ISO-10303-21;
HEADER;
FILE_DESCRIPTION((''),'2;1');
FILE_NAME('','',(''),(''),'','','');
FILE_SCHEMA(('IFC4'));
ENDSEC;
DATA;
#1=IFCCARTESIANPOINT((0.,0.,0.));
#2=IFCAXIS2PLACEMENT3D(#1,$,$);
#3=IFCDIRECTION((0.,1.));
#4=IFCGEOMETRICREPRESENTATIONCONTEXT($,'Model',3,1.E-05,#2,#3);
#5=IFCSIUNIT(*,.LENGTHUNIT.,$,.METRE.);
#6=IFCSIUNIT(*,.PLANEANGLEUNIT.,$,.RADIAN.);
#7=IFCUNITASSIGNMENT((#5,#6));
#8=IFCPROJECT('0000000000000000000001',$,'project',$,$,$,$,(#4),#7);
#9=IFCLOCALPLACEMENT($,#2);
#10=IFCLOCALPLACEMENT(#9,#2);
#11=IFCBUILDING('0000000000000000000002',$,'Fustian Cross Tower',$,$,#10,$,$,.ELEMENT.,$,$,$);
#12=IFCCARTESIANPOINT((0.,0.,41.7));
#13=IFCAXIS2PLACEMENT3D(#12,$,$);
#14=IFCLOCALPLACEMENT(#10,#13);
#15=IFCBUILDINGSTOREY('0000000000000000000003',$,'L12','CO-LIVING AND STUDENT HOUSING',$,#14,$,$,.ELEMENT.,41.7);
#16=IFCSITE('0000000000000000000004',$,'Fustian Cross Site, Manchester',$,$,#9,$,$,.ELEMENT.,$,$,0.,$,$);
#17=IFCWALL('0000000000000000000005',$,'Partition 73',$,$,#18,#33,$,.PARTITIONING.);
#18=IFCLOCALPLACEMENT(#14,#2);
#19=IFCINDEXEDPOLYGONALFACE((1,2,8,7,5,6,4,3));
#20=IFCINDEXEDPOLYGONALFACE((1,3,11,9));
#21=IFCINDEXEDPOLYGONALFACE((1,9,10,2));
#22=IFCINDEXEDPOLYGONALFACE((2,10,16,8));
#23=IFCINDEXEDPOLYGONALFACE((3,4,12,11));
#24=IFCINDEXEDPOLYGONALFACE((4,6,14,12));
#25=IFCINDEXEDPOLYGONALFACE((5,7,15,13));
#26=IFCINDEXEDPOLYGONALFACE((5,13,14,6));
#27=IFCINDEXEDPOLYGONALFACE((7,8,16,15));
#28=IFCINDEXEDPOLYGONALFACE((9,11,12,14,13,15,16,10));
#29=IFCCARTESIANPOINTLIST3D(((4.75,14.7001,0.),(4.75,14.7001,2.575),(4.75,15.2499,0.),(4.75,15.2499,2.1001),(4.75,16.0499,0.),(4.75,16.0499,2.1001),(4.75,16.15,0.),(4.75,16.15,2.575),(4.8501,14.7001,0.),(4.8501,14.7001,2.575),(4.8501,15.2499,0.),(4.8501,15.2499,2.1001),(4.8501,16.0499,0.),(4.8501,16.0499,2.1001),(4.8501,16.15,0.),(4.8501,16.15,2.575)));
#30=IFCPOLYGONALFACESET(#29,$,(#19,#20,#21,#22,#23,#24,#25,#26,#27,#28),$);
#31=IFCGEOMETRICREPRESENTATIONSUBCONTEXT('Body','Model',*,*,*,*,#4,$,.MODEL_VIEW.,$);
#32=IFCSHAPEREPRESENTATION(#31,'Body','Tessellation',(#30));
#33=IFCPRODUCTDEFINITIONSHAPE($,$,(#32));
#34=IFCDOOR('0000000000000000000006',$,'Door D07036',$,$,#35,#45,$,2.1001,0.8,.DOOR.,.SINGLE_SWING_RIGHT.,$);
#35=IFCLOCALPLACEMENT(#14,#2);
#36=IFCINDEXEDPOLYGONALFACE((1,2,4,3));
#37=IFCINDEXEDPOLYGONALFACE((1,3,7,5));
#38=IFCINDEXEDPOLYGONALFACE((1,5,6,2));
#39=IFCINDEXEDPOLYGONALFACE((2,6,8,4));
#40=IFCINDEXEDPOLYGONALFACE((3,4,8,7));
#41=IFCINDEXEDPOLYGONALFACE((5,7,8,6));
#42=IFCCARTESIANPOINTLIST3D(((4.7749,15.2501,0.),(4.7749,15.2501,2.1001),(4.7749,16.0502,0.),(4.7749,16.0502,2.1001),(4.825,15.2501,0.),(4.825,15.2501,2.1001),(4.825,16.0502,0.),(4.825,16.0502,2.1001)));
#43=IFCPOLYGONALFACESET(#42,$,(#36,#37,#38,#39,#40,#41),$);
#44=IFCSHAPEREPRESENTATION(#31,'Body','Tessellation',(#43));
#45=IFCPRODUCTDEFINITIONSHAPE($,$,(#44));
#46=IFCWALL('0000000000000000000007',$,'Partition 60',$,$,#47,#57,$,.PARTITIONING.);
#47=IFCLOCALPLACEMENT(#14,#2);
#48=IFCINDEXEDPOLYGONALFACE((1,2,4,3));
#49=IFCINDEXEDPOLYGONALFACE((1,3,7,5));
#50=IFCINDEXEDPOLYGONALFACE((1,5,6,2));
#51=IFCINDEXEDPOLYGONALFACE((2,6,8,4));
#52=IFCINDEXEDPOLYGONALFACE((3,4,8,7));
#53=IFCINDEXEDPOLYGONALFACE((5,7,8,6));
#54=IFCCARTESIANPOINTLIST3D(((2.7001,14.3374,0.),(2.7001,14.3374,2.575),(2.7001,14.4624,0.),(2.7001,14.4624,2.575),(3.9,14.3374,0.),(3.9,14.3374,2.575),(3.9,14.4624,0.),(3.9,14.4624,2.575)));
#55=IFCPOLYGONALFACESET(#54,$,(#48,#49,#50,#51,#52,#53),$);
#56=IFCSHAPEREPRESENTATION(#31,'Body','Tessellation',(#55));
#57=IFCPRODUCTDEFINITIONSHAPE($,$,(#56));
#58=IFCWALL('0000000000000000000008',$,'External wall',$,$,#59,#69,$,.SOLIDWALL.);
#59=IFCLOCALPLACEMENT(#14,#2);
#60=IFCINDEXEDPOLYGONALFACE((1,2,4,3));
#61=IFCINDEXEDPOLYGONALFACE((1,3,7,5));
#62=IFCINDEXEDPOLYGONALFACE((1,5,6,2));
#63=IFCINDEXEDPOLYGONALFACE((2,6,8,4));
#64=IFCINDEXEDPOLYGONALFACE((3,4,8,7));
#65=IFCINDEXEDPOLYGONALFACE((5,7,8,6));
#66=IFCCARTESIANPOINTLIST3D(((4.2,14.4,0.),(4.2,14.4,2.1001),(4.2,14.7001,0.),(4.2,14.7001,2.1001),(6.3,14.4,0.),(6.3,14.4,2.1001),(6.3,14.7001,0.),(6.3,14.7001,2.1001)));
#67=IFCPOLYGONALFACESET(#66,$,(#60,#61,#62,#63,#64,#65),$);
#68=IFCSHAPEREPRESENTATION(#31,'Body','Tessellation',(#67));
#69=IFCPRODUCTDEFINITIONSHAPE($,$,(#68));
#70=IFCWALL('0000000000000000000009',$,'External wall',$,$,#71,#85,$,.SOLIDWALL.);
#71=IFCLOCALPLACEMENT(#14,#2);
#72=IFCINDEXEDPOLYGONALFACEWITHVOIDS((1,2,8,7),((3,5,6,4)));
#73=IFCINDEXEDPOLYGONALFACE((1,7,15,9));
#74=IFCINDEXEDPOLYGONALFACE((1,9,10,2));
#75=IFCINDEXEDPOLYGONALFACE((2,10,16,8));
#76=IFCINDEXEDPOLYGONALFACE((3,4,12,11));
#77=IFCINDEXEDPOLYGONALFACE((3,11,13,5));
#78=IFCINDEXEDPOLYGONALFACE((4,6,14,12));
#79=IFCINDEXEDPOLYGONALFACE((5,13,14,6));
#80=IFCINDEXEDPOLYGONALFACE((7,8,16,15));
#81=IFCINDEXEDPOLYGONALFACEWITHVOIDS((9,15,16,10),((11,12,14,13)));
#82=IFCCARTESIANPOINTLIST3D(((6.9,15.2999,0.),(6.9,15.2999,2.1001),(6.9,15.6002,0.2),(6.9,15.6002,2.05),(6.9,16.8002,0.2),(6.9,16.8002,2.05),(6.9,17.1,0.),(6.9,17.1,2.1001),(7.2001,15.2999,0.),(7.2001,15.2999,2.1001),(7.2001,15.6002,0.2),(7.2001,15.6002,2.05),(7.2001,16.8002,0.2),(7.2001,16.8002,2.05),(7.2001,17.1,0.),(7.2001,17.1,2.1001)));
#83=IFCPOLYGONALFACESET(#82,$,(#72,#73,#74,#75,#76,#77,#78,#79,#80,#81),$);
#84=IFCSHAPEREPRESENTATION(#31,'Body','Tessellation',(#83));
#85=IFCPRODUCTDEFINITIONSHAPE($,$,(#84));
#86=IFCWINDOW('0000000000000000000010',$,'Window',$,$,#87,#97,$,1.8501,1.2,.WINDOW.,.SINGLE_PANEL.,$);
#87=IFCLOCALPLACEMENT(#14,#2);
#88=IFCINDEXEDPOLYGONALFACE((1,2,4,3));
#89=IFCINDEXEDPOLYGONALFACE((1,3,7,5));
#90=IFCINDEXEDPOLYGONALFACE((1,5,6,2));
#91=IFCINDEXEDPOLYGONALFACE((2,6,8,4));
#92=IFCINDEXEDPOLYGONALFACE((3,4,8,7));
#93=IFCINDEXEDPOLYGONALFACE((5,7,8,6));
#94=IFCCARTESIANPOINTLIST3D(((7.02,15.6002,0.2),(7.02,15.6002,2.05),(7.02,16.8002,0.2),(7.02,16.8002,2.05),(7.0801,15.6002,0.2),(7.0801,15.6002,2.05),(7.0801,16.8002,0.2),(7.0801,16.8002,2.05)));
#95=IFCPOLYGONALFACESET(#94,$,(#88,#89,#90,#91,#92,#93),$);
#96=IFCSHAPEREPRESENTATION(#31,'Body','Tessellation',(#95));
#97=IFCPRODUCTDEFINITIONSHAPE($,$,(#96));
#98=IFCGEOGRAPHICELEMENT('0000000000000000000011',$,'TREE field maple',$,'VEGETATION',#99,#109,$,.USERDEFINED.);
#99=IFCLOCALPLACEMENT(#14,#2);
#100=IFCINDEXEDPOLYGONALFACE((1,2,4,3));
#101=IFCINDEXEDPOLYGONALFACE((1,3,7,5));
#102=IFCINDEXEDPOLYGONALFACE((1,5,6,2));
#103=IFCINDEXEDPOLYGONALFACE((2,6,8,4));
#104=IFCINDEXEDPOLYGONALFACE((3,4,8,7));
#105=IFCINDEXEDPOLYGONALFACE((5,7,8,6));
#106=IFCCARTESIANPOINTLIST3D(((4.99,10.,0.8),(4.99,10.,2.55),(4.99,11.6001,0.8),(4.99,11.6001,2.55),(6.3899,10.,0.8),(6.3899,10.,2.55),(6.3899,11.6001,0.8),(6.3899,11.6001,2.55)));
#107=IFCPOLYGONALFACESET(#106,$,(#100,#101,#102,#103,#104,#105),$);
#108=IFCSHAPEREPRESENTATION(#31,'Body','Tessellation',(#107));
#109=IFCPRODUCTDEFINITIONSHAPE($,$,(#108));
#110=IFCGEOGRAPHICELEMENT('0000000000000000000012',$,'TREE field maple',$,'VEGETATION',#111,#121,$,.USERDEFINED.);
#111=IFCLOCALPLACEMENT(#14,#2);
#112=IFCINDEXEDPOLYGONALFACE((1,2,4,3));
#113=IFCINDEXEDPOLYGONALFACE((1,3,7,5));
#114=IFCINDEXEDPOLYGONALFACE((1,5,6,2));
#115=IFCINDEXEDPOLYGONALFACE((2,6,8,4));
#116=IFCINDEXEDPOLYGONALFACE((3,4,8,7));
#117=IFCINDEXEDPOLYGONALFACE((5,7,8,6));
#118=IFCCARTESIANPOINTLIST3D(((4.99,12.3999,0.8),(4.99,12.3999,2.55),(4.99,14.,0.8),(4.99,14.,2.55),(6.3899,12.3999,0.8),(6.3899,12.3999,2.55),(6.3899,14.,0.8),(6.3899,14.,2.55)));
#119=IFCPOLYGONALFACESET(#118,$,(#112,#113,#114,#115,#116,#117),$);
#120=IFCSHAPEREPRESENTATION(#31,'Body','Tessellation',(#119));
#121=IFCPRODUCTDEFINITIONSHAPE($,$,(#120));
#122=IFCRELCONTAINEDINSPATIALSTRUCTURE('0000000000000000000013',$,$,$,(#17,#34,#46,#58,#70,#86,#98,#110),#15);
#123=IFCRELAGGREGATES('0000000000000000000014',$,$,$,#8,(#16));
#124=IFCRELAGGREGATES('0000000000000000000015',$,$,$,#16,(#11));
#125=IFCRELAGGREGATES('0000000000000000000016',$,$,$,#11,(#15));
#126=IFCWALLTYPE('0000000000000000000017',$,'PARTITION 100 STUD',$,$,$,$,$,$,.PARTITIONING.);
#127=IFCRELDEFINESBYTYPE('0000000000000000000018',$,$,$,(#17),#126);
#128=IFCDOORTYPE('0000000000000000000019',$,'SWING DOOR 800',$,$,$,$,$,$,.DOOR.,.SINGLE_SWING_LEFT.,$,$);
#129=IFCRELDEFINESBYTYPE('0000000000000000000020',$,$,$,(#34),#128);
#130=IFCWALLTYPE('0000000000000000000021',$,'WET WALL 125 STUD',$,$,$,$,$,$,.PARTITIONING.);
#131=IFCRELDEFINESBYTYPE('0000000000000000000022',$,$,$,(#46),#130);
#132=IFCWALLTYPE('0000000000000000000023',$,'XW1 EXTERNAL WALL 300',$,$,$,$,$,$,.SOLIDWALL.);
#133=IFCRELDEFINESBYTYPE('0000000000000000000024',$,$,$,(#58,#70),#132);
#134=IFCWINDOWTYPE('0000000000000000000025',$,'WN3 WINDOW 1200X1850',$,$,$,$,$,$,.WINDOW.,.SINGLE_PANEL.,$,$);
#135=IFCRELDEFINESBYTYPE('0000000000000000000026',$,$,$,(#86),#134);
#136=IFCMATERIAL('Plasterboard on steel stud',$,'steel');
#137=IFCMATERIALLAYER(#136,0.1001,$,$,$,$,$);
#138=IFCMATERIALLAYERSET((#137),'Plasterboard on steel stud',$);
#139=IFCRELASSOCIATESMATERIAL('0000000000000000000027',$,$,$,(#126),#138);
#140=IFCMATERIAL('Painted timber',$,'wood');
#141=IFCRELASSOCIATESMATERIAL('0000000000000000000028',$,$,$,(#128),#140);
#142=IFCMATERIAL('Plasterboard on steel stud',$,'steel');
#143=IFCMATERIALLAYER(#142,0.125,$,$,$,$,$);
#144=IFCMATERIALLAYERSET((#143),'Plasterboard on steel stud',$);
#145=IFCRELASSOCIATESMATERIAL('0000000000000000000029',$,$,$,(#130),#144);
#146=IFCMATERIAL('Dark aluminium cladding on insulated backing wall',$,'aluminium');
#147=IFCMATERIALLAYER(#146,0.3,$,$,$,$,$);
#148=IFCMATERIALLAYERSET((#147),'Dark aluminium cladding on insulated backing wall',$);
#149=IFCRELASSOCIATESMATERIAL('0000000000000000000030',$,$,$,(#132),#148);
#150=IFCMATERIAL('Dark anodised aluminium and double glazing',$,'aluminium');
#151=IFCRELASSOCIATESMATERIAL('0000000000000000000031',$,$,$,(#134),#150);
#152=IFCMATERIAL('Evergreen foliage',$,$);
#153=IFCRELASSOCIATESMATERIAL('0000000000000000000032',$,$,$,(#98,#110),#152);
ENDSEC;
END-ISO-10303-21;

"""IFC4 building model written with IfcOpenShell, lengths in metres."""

from ifc_helpers import new_model, si_unit, direction, frame, frame_2d, origin, origin_2d, place, context, subcontext, project, spatial, rectangle, extrude, material, layer, layer_set, type_object, element, fill, save


model = new_model("IFC4")

# Units and contexts
model_context = context("Model", 3, precision=1e-05, world=origin(), true_north=direction((0.0, 1.0)))
body_context = subcontext(model_context, "Body", "Model", "MODEL_VIEW")
ifc_project = project(units=[si_unit("LENGTHUNIT", "METRE"), si_unit("PLANEANGLEUNIT", "RADIAN")], contexts=[model_context])

# Site, building, storey
site_placement = place(None, origin())
site = spatial("IfcSite", under=ifc_project, at=site_placement, Name="Fustian Cross Site, Manchester", CompositionType="ELEMENT", RefElevation=0.0)
building_placement = place(site_placement, origin())
building = spatial("IfcBuilding", under=site, at=building_placement, Name="Fustian Cross Tower", CompositionType="ELEMENT")
storey_placement = place(building_placement, frame((0.0, 0.0, 41.7)))
storey = spatial("IfcBuildingStorey", under=building, at=storey_placement, Name="L12", Description="CO-LIVING AND STUDENT HOUSING", CompositionType="ELEMENT", Elevation=41.7)

# Shared definitions
ifc_material_1 = material(Name="Plasterboard on steel stud", Category="steel")
ifc_layer_1 = layer(ifc_material_1, 0.1001)
ifc_layer_set_1 = layer_set([ifc_layer_1], Name="Plasterboard on steel stud")
wall_type_1 = type_object("IfcWallType", Name="PARTITION 100 STUD", PredefinedType="PARTITIONING", material=ifc_layer_set_1)

# Wall, opening, door
wall_1_placement = place(storey_placement, frame((4.8, 14.7, 0.0), z_axis=(0.0, 0.0, 1.0), x_axis=(0.0, 1.0, 0.0)))
wall_1 = element("IfcWall", 1, at=wall_1_placement, inside=storey, type_object=wall_type_1, Name="Partition 73", PredefinedType="PARTITIONING", context=body_context, shape_type="SweptSolid", body=[
    extrude(rectangle(XDim=1.45, YDim=0.1001, at=frame_2d((0.7251, 0.0))), origin(), (0.0, 0.0, 1.0), 2.575),
])
opening_1_placement = place(wall_1_placement, frame((0.55, 0.0, 0.0)))
opening_1 = element("IfcOpeningElement", 2, at=opening_1_placement, cuts=wall_1, PredefinedType="OPENING", context=body_context, shape_type="SweptSolid", body=[
    extrude(rectangle(XDim=0.8, YDim=2.1001, at=frame_2d((0.3999, 1.05))), frame((0.0, 0.0601, 0.0), z_axis=(0.0, -1.0, 0.0), x_axis=(1.0, 0.0, 0.0)), (0.0, 0.0, 1.0), 0.1201),
])
ifc_material_2 = material(Name="Painted timber", Category="wood")
door_type_1 = type_object("IfcDoorType", Name="SWING DOOR 800", OperationType="SINGLE_SWING_LEFT", PredefinedType="DOOR", material=ifc_material_2)
door_1_placement = place(opening_1_placement, frame((0.8, 0.0, 0.0), z_axis=(0.0, 0.0, 1.0), x_axis=(-1.0, 0.0, 0.0)))
door_1 = element("IfcDoor", 3, at=door_1_placement, inside=storey, type_object=door_type_1, Name="Door D07036", OperationType="SINGLE_SWING_RIGHT", OverallHeight=2.1001, OverallWidth=0.8, PredefinedType="DOOR", context=body_context, shape_type="SweptSolid", body=[
    extrude(rectangle(XDim=0.8, YDim=2.1001, at=frame_2d((0.3999, 1.05))), frame((0.0, 0.0249, 0.0), z_axis=(0.0, -1.0, 0.0), x_axis=(1.0, 0.0, 0.0)), (0.0, 0.0, 1.0), 0.05),
])
fill(opening_1, door_1)

# Walls
ifc_material_3 = material(Name="Plasterboard on steel stud", Category="steel")
ifc_layer_2 = layer(ifc_material_3, 0.125)
ifc_layer_set_2 = layer_set([ifc_layer_2], Name="Plasterboard on steel stud")
wall_type_2 = type_object("IfcWallType", Name="WET WALL 125 STUD", PredefinedType="PARTITIONING", material=ifc_layer_set_2)
wall_2_placement = place(storey_placement, frame((2.7, 14.3999, 0.0), z_axis=(0.0, 0.0, 1.0), x_axis=(1.0, 0.0, 0.0)))
element("IfcWall", 4, at=wall_2_placement, inside=storey, type_object=wall_type_2, Name="Partition 60", PredefinedType="PARTITIONING", context=body_context, shape_type="SweptSolid", body=[
    extrude(rectangle(XDim=1.2, YDim=0.125, at=frame_2d((0.6001, 0.0))), origin(), (0.0, 0.0, 1.0), 2.575),
])
ifc_material_4 = material(Name="Dark aluminium cladding on insulated backing wall", Category="aluminium")
ifc_layer_3 = layer(ifc_material_4, 0.3)
ifc_layer_set_3 = layer_set([ifc_layer_3], Name="Dark aluminium cladding on insulated backing wall")
wall_type_3 = type_object("IfcWallType", Name="XW1 EXTERNAL WALL 300", PredefinedType="SOLIDWALL", material=ifc_layer_set_3)
wall_3_placement = place(storey_placement, frame((4.2, 14.55, 0.0), z_axis=(0.0, 0.0, 1.0), x_axis=(1.0, 0.0, 0.0)))
element("IfcWall", 5, at=wall_3_placement, inside=storey, type_object=wall_type_3, Name="External wall", PredefinedType="SOLIDWALL", context=body_context, shape_type="SweptSolid", body=[
    extrude(rectangle(XDim=2.1001, YDim=0.3, at=frame_2d((1.05, 0.0))), origin(), (0.0, 0.0, 1.0), 2.1001),
])

# Wall, opening, window
wall_4_placement = place(storey_placement, frame((7.05, 15.3, 0.0), z_axis=(0.0, 0.0, 1.0), x_axis=(0.0, 1.0, 0.0)))
wall_4 = element("IfcWall", 6, at=wall_4_placement, inside=storey, type_object=wall_type_3, Name="External wall", PredefinedType="SOLIDWALL", context=body_context, shape_type="SweptSolid", body=[
    extrude(rectangle(XDim=1.8, YDim=0.3, at=frame_2d((0.8999, 0.0))), origin(), (0.0, 0.0, 1.0), 2.1001),
])
opening_2_placement = place(wall_4_placement, frame((0.3, 0.0, 0.2)))
opening_2 = element("IfcOpeningElement", 7, at=opening_2_placement, cuts=wall_4, PredefinedType="OPENING", context=body_context, shape_type="SweptSolid", body=[
    extrude(rectangle(XDim=1.2, YDim=1.8501, at=frame_2d((0.6001, 0.925))), frame((0.0, 0.1599, 0.0), z_axis=(0.0, -1.0, 0.0), x_axis=(1.0, 0.0, 0.0)), (0.0, 0.0, 1.0), 0.3201),
])
ifc_material_5 = material(Name="Dark anodised aluminium and double glazing", Category="aluminium")
window_type = type_object("IfcWindowType", Name="WN3 WINDOW 1200X1850", PartitioningType="SINGLE_PANEL", PredefinedType="WINDOW", material=ifc_material_5)
window_placement = place(opening_2_placement, origin())
window = element("IfcWindow", 8, at=window_placement, inside=storey, type_object=window_type, Name="Window", OverallHeight=1.8501, OverallWidth=1.2, PartitioningType="SINGLE_PANEL", PredefinedType="WINDOW", context=body_context, shape_type="SweptSolid", body=[
    extrude(rectangle(XDim=1.2, YDim=1.8501, at=frame_2d((0.6001, 0.925))), frame((0.0, 0.03, 0.0), z_axis=(0.0, -1.0, 0.0), x_axis=(1.0, 0.0, 0.0)), (0.0, 0.0, 1.0), 0.0601),
])
fill(opening_2, window)

# Geographic elements
ifc_material_6 = material(Name="Evergreen foliage")
for number, where, z_axis, x_axis, name in (
    (9, (5.6899, 10.8, 0.8), (0.0, 0.0, 1.0), (1.0, 0.0, 0.0), "TREE field maple"),
    (10, (5.6899, 13.2, 0.8), (0.0, 0.0, 1.0), (1.0, 0.0, 0.0), "TREE field maple"),
):
    element("IfcGeographicElement", number, at=place(storey_placement, frame(where, z_axis=z_axis, x_axis=x_axis)), inside=storey, material=ifc_material_6, Name=name, ObjectType="VEGETATION", PredefinedType="USERDEFINED", context=body_context, shape_type="SweptSolid", body=[
        extrude(rectangle(XDim=1.3999, YDim=1.6001, at=origin_2d()), origin(), (0.0, 0.0, 1.0), 1.75),
    ])

save(model, "model.ifc")
